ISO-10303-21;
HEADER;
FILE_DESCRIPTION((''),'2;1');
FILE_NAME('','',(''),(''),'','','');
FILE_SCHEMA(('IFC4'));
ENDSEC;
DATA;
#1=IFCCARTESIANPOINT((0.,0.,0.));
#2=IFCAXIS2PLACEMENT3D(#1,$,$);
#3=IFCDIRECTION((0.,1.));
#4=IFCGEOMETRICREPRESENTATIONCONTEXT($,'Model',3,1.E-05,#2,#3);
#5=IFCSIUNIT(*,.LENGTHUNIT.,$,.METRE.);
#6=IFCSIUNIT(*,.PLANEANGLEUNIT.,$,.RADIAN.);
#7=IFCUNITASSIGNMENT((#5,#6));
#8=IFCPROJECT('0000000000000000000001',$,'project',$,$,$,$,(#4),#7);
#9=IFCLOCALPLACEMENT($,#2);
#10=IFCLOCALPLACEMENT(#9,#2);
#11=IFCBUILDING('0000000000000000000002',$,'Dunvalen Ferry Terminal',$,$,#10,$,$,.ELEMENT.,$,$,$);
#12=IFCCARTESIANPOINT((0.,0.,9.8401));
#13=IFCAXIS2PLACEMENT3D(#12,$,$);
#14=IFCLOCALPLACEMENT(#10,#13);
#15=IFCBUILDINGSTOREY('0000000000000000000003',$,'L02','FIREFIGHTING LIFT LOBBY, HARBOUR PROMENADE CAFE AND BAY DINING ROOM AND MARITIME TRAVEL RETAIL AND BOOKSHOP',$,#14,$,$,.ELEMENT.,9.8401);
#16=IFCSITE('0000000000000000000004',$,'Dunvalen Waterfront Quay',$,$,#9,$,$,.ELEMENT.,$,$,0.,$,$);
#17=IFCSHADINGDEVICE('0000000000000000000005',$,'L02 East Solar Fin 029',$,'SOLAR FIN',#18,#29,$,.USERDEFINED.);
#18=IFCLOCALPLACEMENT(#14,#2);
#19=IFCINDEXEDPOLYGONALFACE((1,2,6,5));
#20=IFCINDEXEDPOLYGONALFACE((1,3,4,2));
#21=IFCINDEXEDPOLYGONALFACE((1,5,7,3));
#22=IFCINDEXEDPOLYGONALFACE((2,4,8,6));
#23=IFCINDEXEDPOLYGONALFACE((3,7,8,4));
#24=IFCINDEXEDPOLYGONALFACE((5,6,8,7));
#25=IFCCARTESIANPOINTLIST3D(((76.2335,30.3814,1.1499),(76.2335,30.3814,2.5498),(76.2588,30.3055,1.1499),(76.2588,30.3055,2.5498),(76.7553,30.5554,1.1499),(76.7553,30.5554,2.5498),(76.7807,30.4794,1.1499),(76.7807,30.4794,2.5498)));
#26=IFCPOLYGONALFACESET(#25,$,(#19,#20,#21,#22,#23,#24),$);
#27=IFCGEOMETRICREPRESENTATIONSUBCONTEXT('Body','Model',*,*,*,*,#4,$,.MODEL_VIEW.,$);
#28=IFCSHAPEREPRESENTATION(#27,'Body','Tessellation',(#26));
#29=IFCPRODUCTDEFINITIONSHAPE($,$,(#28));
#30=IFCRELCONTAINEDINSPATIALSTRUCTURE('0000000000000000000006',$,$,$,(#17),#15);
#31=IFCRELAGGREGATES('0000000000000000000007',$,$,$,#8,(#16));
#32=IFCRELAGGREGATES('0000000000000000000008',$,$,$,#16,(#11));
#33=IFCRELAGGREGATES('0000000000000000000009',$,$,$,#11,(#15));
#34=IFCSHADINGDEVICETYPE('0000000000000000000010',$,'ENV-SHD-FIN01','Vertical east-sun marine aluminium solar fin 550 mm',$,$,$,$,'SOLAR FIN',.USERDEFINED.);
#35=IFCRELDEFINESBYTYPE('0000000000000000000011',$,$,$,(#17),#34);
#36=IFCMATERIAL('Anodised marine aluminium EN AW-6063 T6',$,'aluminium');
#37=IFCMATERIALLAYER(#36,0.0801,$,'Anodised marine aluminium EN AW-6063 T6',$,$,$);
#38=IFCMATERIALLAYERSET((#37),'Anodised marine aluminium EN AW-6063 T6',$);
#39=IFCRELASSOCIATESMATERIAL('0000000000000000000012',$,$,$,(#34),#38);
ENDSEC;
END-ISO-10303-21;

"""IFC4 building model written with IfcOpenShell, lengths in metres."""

from ifc_helpers import new_model, si_unit, direction, frame, origin, origin_2d, place, context, subcontext, project, spatial, rectangle, extrude, material, layer, layer_set, type_object, element, save


model = new_model("IFC4")

# Units and contexts
model_context = context("Model", 3, precision=1e-05, world=origin(), true_north=direction((0.0, 1.0)))
body_context = subcontext(model_context, "Body", "Model", "MODEL_VIEW")
ifc_project = project(units=[si_unit("LENGTHUNIT", "METRE"), si_unit("PLANEANGLEUNIT", "RADIAN")], contexts=[model_context])

# Site, building, storey
site_placement = place(None, origin())
site = spatial("IfcSite", under=ifc_project, at=site_placement, Name="Dunvalen Waterfront Quay", CompositionType="ELEMENT", RefElevation=0.0)
building_placement = place(site_placement, origin())
building = spatial("IfcBuilding", under=site, at=building_placement, Name="Dunvalen Ferry Terminal", CompositionType="ELEMENT")
storey_placement = place(building_placement, frame((0.0, 0.0, 9.8401)))
storey = spatial("IfcBuildingStorey", under=building, at=storey_placement, Name="L02", Description="FIREFIGHTING LIFT LOBBY, HARBOUR PROMENADE CAFE AND BAY DINING ROOM AND MARITIME TRAVEL RETAIL AND BOOKSHOP", CompositionType="ELEMENT", Elevation=9.8401)

# Shading device
ifc_material_1 = material(Name="Anodised marine aluminium EN AW-6063 T6", Category="aluminium")
ifc_layer_1 = layer(ifc_material_1, 0.0801, Name="Anodised marine aluminium EN AW-6063 T6")
ifc_layer_set_1 = layer_set([ifc_layer_1], Name="Anodised marine aluminium EN AW-6063 T6")
shading_device_type = type_object("IfcShadingDeviceType", Name="ENV-SHD-FIN01", Description="Vertical east-sun marine aluminium solar fin 550 mm", ElementType="SOLAR FIN", PredefinedType="USERDEFINED", material=ifc_layer_set_1)
shading_device_placement = place(storey_placement, frame((76.5071, 30.4304, 1.1499), z_axis=(0.0, 0.0, 1.0), x_axis=(-0.316232, 0.948682, 0.0)))
element("IfcShadingDevice", 1, at=shading_device_placement, inside=storey, type_object=shading_device_type, Name="L02 East Solar Fin 029", ObjectType="SOLAR FIN", PredefinedType="USERDEFINED", context=body_context, shape_type="SweptSolid", body=[
    extrude(rectangle(XDim=0.0801, YDim=0.55, at=origin_2d()), origin(), (0.0, 0.0, 1.0), 1.3999),
])

save(model, "model.ifc")
